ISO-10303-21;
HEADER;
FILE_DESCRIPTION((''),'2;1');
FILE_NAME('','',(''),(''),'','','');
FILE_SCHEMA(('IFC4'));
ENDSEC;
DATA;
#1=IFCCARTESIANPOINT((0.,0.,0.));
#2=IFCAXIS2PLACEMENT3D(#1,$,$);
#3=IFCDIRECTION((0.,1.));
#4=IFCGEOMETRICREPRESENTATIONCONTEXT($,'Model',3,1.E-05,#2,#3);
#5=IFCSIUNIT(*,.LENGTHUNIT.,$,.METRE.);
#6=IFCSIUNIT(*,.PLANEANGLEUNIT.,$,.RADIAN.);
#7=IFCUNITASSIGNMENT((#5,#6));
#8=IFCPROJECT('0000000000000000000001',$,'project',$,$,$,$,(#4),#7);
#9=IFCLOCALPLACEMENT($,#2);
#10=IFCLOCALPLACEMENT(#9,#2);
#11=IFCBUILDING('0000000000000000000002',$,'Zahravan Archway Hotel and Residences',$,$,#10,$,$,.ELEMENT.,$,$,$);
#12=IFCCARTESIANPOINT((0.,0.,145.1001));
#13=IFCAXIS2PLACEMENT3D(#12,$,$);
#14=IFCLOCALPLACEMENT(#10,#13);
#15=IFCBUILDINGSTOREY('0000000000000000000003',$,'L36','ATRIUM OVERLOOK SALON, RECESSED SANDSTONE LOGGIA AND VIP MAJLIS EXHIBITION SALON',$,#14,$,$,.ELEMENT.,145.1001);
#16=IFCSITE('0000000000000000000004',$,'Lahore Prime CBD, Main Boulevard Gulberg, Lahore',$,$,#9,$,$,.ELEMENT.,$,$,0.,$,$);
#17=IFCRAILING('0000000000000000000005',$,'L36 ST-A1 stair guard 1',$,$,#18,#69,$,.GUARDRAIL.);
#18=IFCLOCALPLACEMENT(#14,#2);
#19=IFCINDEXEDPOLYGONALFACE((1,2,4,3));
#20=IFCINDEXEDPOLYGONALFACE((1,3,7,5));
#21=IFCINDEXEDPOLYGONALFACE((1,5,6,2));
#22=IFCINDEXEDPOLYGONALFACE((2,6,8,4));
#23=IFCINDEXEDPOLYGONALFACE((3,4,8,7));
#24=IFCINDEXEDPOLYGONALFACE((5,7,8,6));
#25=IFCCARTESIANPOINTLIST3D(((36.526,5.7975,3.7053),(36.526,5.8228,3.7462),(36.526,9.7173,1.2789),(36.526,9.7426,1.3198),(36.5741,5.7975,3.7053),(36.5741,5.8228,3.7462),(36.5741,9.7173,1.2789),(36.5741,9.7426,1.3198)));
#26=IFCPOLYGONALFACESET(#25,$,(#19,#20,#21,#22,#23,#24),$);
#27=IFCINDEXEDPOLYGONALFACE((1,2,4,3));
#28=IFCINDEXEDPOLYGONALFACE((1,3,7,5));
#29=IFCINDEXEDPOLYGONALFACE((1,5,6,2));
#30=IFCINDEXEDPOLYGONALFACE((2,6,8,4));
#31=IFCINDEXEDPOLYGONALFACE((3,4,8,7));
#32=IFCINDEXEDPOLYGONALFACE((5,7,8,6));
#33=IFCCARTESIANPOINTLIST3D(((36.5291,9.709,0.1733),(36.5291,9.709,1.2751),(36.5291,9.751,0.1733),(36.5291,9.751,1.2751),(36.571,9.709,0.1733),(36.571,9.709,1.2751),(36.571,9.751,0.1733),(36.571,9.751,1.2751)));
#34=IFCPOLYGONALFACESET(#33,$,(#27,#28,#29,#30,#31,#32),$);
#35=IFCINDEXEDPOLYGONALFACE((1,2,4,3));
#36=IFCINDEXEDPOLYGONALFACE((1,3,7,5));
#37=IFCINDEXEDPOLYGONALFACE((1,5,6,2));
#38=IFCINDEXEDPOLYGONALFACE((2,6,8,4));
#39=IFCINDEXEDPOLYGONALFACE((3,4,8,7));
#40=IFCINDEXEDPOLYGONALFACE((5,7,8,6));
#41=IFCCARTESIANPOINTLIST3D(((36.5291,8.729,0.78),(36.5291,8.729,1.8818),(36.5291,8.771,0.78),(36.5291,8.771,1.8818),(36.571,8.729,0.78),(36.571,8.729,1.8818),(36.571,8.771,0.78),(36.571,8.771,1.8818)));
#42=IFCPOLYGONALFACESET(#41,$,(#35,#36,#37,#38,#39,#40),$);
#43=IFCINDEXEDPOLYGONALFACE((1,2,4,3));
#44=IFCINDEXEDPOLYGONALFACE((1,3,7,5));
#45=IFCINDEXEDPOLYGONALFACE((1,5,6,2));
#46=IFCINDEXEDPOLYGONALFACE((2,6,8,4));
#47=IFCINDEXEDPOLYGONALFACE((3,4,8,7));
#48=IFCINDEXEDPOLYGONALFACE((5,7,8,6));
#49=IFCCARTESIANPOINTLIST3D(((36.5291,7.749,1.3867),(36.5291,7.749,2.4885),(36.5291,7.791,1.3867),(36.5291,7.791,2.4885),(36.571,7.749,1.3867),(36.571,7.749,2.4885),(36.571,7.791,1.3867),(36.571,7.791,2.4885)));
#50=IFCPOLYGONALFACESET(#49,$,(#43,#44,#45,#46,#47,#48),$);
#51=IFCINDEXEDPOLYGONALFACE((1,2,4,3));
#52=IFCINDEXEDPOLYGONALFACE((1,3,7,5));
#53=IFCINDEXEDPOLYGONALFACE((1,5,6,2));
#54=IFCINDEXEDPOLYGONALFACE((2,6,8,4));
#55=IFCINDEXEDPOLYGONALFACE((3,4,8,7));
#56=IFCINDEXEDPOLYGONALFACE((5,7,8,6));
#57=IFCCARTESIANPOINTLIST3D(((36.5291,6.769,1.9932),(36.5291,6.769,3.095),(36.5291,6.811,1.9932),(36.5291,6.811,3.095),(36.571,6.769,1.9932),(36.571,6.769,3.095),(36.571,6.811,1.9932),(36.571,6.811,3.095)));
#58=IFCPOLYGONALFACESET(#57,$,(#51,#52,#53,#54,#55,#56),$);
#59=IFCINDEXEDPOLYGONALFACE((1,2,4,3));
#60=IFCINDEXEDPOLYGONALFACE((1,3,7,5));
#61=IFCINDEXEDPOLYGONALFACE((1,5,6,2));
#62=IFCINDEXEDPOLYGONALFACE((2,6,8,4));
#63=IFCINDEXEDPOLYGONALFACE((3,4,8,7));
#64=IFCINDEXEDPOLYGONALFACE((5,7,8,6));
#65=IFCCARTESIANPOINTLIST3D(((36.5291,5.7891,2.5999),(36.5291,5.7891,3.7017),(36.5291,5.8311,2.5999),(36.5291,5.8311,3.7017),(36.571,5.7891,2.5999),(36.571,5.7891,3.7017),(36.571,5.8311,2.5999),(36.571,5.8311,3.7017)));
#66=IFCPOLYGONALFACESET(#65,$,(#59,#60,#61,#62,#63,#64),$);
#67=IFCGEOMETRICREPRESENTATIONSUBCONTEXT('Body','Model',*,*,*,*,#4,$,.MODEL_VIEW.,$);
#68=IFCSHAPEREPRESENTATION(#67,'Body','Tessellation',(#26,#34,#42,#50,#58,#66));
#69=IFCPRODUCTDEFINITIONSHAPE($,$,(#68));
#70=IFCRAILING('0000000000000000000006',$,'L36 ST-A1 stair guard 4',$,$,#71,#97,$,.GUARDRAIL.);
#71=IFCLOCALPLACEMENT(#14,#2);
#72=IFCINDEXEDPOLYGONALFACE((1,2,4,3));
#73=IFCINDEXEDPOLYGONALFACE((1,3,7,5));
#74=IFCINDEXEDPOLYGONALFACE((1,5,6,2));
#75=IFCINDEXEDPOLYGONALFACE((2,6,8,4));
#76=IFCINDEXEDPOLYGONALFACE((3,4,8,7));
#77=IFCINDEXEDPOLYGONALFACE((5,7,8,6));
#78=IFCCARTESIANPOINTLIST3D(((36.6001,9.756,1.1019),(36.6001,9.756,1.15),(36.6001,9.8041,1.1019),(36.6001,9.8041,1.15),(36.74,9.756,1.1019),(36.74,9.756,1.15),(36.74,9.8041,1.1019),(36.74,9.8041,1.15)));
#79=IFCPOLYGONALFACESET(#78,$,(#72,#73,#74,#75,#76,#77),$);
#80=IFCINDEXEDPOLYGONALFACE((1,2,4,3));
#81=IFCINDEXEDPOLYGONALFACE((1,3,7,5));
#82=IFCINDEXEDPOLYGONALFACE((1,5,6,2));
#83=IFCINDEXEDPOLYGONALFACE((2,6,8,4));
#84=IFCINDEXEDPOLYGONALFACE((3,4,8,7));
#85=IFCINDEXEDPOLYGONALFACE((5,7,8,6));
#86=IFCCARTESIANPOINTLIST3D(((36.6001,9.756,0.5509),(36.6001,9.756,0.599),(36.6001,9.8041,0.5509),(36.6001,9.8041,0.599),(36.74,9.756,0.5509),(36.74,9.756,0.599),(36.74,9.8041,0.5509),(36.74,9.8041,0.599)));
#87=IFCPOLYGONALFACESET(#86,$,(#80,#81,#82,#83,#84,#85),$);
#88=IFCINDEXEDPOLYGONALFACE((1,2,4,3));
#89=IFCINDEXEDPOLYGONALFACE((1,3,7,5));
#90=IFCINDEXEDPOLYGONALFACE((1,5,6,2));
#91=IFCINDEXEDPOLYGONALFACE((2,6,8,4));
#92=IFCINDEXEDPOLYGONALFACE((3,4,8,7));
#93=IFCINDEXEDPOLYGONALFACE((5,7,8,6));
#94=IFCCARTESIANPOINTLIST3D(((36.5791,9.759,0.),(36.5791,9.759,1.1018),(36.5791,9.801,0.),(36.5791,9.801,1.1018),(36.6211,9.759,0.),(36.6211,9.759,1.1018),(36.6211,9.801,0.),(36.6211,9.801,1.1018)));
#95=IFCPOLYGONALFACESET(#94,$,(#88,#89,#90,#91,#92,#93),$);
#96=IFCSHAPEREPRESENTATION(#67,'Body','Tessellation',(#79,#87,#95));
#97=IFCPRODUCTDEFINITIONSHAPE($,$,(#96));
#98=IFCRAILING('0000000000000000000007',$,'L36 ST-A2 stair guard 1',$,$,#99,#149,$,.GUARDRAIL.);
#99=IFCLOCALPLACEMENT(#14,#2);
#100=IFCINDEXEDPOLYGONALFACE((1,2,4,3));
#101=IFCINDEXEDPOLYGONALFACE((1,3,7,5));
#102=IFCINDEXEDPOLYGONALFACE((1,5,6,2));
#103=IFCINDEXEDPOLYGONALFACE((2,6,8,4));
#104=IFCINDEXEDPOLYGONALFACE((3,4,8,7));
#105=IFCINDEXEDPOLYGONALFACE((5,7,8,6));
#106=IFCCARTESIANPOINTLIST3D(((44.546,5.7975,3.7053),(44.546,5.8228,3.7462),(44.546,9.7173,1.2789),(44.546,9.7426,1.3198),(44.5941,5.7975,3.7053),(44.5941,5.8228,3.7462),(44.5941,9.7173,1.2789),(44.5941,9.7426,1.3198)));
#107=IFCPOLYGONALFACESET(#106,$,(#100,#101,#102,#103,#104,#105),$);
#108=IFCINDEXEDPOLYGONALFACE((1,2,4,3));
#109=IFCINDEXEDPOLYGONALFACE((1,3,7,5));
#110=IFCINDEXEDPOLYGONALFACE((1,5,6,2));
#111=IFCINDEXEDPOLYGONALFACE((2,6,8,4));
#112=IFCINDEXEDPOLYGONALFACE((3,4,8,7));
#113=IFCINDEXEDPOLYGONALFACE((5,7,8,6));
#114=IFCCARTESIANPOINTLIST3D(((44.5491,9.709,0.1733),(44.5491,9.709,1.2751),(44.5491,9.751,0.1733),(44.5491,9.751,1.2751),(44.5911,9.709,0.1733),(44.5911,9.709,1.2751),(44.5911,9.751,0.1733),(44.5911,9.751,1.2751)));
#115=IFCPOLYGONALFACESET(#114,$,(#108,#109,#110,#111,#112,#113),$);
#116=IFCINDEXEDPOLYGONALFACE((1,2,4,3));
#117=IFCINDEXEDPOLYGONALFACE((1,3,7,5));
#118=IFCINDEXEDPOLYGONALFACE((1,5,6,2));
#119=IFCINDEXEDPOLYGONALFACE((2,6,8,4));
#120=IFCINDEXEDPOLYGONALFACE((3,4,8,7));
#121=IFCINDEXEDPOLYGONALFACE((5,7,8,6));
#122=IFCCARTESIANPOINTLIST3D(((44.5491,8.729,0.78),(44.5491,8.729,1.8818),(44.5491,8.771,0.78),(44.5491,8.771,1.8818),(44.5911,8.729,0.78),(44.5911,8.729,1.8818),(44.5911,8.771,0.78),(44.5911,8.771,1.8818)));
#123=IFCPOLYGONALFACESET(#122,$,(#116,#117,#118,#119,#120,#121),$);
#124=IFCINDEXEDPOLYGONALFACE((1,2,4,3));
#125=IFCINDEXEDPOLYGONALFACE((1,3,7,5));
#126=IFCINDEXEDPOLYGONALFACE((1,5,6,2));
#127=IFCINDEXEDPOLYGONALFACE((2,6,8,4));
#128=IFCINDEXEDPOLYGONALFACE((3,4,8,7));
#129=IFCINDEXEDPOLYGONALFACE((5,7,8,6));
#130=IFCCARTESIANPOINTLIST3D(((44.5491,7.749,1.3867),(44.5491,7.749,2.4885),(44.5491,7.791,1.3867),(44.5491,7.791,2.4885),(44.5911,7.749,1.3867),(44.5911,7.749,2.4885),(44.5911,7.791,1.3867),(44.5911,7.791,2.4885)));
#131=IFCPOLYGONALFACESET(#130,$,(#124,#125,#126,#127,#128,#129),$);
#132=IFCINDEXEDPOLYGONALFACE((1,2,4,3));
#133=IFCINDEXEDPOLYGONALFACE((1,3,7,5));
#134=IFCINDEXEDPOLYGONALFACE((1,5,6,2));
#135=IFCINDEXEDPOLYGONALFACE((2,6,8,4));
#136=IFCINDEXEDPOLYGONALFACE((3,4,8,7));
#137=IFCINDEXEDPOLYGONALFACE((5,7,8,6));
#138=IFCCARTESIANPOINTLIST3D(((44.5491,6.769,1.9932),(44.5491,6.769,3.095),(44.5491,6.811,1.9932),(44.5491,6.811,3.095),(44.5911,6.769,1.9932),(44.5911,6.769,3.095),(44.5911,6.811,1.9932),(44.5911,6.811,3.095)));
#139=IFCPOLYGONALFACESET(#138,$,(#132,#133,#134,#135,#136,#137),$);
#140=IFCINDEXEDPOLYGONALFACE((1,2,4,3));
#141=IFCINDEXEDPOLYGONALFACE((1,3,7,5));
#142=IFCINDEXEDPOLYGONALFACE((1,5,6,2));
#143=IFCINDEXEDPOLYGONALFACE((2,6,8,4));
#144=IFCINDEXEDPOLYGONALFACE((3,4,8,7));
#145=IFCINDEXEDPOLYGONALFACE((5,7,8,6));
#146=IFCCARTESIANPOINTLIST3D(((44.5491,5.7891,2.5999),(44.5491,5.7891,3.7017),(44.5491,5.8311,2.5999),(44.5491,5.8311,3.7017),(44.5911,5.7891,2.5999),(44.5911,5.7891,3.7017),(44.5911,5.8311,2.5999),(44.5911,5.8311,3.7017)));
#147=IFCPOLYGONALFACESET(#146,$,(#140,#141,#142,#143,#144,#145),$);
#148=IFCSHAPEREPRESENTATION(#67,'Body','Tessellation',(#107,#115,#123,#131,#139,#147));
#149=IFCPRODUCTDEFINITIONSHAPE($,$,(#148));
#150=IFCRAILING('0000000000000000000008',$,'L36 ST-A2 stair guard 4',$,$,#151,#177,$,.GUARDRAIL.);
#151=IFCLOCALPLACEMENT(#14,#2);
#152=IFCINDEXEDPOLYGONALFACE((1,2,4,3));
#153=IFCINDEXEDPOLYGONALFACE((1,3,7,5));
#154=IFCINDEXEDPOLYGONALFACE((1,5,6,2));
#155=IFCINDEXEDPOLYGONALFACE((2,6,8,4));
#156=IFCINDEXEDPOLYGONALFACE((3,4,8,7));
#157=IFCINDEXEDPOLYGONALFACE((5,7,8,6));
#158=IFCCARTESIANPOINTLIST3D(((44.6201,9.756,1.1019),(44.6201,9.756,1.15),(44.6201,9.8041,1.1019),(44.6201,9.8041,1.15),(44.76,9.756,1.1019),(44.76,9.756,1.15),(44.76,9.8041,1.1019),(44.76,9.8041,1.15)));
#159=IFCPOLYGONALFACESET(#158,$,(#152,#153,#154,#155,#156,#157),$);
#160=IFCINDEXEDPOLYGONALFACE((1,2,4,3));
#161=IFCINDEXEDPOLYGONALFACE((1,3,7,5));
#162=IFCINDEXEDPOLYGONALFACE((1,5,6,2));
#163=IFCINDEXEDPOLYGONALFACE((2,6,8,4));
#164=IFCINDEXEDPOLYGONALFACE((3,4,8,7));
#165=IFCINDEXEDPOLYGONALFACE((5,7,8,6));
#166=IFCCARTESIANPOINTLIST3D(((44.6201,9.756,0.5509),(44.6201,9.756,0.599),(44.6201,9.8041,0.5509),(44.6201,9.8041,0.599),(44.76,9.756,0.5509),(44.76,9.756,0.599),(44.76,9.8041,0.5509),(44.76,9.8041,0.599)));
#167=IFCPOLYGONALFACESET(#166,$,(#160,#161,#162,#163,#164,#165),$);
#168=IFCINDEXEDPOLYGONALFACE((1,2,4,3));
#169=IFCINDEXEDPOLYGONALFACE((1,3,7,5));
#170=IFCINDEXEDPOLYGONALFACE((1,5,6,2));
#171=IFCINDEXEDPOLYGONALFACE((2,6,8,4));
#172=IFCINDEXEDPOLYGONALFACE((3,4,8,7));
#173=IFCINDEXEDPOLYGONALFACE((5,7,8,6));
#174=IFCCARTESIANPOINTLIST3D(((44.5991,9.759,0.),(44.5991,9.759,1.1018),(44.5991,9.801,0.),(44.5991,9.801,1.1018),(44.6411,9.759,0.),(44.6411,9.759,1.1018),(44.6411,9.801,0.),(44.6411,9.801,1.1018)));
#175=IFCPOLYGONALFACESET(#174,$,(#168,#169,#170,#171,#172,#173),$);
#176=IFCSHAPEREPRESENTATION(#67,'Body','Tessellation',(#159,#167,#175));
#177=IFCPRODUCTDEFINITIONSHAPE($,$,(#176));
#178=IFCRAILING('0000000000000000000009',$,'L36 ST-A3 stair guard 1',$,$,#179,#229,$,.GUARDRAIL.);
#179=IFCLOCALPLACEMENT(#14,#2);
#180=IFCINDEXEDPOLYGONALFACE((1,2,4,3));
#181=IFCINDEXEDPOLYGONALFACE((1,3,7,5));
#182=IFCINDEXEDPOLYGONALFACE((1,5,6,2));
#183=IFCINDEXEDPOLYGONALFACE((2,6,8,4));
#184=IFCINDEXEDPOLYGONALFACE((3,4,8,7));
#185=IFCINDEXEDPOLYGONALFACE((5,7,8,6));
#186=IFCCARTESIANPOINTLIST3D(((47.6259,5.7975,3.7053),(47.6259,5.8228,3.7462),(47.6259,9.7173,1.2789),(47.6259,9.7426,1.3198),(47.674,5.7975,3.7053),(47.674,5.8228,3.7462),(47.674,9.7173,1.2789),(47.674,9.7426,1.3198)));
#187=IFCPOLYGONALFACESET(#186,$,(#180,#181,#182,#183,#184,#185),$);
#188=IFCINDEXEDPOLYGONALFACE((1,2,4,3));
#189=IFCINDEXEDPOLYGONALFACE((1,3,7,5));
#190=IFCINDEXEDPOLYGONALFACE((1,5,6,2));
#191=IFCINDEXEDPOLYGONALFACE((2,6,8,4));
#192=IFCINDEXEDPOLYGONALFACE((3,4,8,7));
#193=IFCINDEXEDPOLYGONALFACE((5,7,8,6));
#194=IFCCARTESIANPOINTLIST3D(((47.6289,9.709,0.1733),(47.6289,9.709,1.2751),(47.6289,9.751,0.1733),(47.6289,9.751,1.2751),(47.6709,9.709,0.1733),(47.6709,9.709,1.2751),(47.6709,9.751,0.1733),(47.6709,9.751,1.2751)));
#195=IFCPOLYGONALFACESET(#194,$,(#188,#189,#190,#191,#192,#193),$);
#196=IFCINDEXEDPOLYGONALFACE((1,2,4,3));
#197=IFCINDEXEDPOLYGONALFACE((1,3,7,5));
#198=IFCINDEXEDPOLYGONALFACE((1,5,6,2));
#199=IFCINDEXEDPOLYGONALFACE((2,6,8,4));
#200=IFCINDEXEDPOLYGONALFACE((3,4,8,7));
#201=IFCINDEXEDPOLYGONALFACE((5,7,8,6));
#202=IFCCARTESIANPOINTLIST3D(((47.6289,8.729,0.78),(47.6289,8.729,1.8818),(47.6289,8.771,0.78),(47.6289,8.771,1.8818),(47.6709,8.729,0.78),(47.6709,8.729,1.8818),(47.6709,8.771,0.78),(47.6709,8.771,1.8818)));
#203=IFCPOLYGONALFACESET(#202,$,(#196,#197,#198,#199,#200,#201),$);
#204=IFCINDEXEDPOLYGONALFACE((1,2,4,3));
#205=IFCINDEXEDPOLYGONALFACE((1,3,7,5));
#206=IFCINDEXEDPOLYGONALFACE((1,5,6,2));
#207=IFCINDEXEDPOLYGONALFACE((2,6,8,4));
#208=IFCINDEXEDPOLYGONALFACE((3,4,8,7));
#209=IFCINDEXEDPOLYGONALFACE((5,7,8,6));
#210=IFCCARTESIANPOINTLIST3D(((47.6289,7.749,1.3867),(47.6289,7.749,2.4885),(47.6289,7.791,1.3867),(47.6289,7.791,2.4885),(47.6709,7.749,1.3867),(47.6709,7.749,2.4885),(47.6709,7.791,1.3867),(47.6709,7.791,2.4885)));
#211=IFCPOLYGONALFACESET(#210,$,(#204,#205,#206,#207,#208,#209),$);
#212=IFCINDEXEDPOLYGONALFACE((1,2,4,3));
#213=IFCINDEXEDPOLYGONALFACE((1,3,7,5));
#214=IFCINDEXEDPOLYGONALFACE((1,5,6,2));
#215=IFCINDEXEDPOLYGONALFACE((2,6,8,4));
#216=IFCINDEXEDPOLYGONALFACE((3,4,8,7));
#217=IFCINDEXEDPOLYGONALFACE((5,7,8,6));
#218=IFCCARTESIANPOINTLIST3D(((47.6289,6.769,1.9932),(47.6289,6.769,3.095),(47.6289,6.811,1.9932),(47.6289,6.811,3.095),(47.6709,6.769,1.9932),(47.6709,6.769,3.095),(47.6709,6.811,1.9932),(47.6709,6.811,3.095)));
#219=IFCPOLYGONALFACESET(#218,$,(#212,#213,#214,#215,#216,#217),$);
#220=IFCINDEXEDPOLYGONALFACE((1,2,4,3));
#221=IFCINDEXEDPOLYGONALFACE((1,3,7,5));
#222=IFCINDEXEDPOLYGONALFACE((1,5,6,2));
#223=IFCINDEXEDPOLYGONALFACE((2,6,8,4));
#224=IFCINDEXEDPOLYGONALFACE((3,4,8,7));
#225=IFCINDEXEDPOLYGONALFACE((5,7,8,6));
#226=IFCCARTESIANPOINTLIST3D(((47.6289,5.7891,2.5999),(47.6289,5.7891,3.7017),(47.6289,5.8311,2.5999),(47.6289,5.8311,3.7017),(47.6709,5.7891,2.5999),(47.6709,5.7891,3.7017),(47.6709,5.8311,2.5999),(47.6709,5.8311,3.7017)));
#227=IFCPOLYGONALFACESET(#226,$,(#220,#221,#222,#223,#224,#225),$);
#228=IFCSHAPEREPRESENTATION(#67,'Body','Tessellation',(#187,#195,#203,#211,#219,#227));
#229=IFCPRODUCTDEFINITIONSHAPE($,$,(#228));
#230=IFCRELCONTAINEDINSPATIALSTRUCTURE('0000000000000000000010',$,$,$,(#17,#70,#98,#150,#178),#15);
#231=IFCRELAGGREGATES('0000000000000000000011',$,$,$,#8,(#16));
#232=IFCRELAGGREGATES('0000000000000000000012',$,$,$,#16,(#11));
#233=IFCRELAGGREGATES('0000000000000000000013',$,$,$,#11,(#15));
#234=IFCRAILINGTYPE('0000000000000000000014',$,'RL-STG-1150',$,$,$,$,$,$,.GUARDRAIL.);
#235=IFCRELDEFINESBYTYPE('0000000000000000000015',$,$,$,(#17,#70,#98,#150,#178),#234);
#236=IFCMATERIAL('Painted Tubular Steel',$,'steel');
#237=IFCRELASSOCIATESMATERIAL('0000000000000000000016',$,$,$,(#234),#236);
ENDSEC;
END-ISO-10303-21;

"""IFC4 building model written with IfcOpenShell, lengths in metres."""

from ifc_helpers import new_model, si_unit, direction, frame, origin, origin_2d, place, context, subcontext, project, spatial, rectangle, extrude, material, type_object, element, save


model = new_model("IFC4")

# Units and contexts
model_context = context("Model", 3, precision=1e-05, world=origin(), true_north=direction((0.0, 1.0)))
body_context = subcontext(model_context, "Body", "Model", "MODEL_VIEW")
ifc_project = project(units=[si_unit("LENGTHUNIT", "METRE"), si_unit("PLANEANGLEUNIT", "RADIAN")], contexts=[model_context])

# Site, building, storey
site_placement = place(None, origin())
site = spatial("IfcSite", under=ifc_project, at=site_placement, Name="Lahore Prime CBD, Main Boulevard Gulberg, Lahore", CompositionType="ELEMENT", RefElevation=0.0)
building_placement = place(site_placement, origin())
building = spatial("IfcBuilding", under=site, at=building_placement, Name="Zahravan Archway Hotel and Residences", CompositionType="ELEMENT")
storey_placement = place(building_placement, frame((0.0, 0.0, 145.1001)))
storey = spatial("IfcBuildingStorey", under=building, at=storey_placement, Name="L36", Description="ATRIUM OVERLOOK SALON, RECESSED SANDSTONE LOGGIA AND VIP MAJLIS EXHIBITION SALON", CompositionType="ELEMENT", Elevation=145.1001)

# Railings
ifc_material_1 = material(Name="Painted Tubular Steel", Category="steel")
railing_type_1 = type_object("IfcRailingType", Name="RL-STG-1150", PredefinedType="GUARDRAIL", material=ifc_material_1)
railing_1_placement = place(storey_placement, frame((36.55, 9.73, 0.1733)))
element("IfcRailing", 1, at=railing_1_placement, inside=storey, type_object=railing_type_1, Name="L36 ST-A1 stair guard 1", PredefinedType="GUARDRAIL", context=body_context, shape_type="SweptSolid", body=[
    extrude(rectangle(XDim=0.0481, YDim=0.0481, at=origin_2d()), frame((0.0, 0.0, 1.126), z_axis=(0.0, -0.850275, 0.526338), x_axis=(1.0, 0.0, 0.0)), (0.0, 0.0, 1.0), 4.6101),
    extrude(rectangle(XDim=0.042, YDim=0.042, at=origin_2d()), origin(), (0.0, 0.0, 1.0), 1.1018),
    extrude(rectangle(XDim=0.042, YDim=0.042, at=origin_2d()), frame((0.0, -0.98, 0.6067)), (0.0, 0.0, 1.0), 1.1018),
    extrude(rectangle(XDim=0.042, YDim=0.042, at=origin_2d()), frame((0.0, -1.96, 1.2134)), (0.0, 0.0, 1.0), 1.1018),
    extrude(rectangle(XDim=0.042, YDim=0.042, at=origin_2d()), frame((0.0, -2.9399, 1.8198)), (0.0, 0.0, 1.0), 1.1018),
    extrude(rectangle(XDim=0.042, YDim=0.042, at=origin_2d()), frame((0.0, -3.9199, 2.4265)), (0.0, 0.0, 1.0), 1.1018),
])
railing_2_placement = place(storey_placement, frame((36.6001, 9.78, 0.0)))
element("IfcRailing", 2, at=railing_2_placement, inside=storey, type_object=railing_type_1, Name="L36 ST-A1 stair guard 4", PredefinedType="GUARDRAIL", context=body_context, shape_type="SweptSolid", body=[
    extrude(rectangle(XDim=0.0481, YDim=0.0481, at=origin_2d()), frame((0.0, 0.0, 1.126), z_axis=(1.0, 0.0, 0.0), x_axis=(0.0, 1.0, 0.0)), (0.0, 0.0, 1.0), 0.1399),
    extrude(rectangle(XDim=0.0481, YDim=0.0481, at=origin_2d()), frame((0.0, 0.0, 0.575), z_axis=(1.0, 0.0, 0.0), x_axis=(0.0, 1.0, 0.0)), (0.0, 0.0, 1.0), 0.1399),
    extrude(rectangle(XDim=0.042, YDim=0.042, at=origin_2d()), origin(), (0.0, 0.0, 1.0), 1.1018),
])
railing_3_placement = place(storey_placement, frame((44.5701, 9.73, 0.1733)))
element("IfcRailing", 3, at=railing_3_placement, inside=storey, type_object=railing_type_1, Name="L36 ST-A2 stair guard 1", PredefinedType="GUARDRAIL", context=body_context, shape_type="SweptSolid", body=[
    extrude(rectangle(XDim=0.0481, YDim=0.0481, at=origin_2d()), frame((0.0, 0.0, 1.126), z_axis=(0.0, -0.850275, 0.526338), x_axis=(1.0, 0.0, 0.0)), (0.0, 0.0, 1.0), 4.6101),
    extrude(rectangle(XDim=0.042, YDim=0.042, at=origin_2d()), origin(), (0.0, 0.0, 1.0), 1.1018),
    extrude(rectangle(XDim=0.042, YDim=0.042, at=origin_2d()), frame((0.0, -0.98, 0.6067)), (0.0, 0.0, 1.0), 1.1018),
    extrude(rectangle(XDim=0.042, YDim=0.042, at=origin_2d()), frame((0.0, -1.96, 1.2134)), (0.0, 0.0, 1.0), 1.1018),
    extrude(rectangle(XDim=0.042, YDim=0.042, at=origin_2d()), frame((0.0, -2.9399, 1.8198)), (0.0, 0.0, 1.0), 1.1018),
    extrude(rectangle(XDim=0.042, YDim=0.042, at=origin_2d()), frame((0.0, -3.9199, 2.4265)), (0.0, 0.0, 1.0), 1.1018),
])
railing_4_placement = place(storey_placement, frame((44.6201, 9.78, 0.0)))
element("IfcRailing", 4, at=railing_4_placement, inside=storey, type_object=railing_type_1, Name="L36 ST-A2 stair guard 4", PredefinedType="GUARDRAIL", context=body_context, shape_type="SweptSolid", body=[
    extrude(rectangle(XDim=0.0481, YDim=0.0481, at=origin_2d()), frame((0.0, 0.0, 1.126), z_axis=(1.0, 0.0, 0.0), x_axis=(0.0, 1.0, 0.0)), (0.0, 0.0, 1.0), 0.1399),
    extrude(rectangle(XDim=0.0481, YDim=0.0481, at=origin_2d()), frame((0.0, 0.0, 0.575), z_axis=(1.0, 0.0, 0.0), x_axis=(0.0, 1.0, 0.0)), (0.0, 0.0, 1.0), 0.1399),
    extrude(rectangle(XDim=0.042, YDim=0.042, at=origin_2d()), origin(), (0.0, 0.0, 1.0), 1.1018),
])
railing_5_placement = place(storey_placement, frame((47.6499, 9.73, 0.1733)))
element("IfcRailing", 5, at=railing_5_placement, inside=storey, type_object=railing_type_1, Name="L36 ST-A3 stair guard 1", PredefinedType="GUARDRAIL", context=body_context, shape_type="SweptSolid", body=[
    extrude(rectangle(XDim=0.0481, YDim=0.0481, at=origin_2d()), frame((0.0, 0.0, 1.126), z_axis=(0.0, -0.850275, 0.526338), x_axis=(1.0, 0.0, 0.0)), (0.0, 0.0, 1.0), 4.6101),
    extrude(rectangle(XDim=0.042, YDim=0.042, at=origin_2d()), origin(), (0.0, 0.0, 1.0), 1.1018),
    extrude(rectangle(XDim=0.042, YDim=0.042, at=origin_2d()), frame((0.0, -0.98, 0.6067)), (0.0, 0.0, 1.0), 1.1018),
    extrude(rectangle(XDim=0.042, YDim=0.042, at=origin_2d()), frame((0.0, -1.96, 1.2134)), (0.0, 0.0, 1.0), 1.1018),
    extrude(rectangle(XDim=0.042, YDim=0.042, at=origin_2d()), frame((0.0, -2.9399, 1.8198)), (0.0, 0.0, 1.0), 1.1018),
    extrude(rectangle(XDim=0.042, YDim=0.042, at=origin_2d()), frame((0.0, -3.9199, 2.4265)), (0.0, 0.0, 1.0), 1.1018),
])

save(model, "model.ifc")
